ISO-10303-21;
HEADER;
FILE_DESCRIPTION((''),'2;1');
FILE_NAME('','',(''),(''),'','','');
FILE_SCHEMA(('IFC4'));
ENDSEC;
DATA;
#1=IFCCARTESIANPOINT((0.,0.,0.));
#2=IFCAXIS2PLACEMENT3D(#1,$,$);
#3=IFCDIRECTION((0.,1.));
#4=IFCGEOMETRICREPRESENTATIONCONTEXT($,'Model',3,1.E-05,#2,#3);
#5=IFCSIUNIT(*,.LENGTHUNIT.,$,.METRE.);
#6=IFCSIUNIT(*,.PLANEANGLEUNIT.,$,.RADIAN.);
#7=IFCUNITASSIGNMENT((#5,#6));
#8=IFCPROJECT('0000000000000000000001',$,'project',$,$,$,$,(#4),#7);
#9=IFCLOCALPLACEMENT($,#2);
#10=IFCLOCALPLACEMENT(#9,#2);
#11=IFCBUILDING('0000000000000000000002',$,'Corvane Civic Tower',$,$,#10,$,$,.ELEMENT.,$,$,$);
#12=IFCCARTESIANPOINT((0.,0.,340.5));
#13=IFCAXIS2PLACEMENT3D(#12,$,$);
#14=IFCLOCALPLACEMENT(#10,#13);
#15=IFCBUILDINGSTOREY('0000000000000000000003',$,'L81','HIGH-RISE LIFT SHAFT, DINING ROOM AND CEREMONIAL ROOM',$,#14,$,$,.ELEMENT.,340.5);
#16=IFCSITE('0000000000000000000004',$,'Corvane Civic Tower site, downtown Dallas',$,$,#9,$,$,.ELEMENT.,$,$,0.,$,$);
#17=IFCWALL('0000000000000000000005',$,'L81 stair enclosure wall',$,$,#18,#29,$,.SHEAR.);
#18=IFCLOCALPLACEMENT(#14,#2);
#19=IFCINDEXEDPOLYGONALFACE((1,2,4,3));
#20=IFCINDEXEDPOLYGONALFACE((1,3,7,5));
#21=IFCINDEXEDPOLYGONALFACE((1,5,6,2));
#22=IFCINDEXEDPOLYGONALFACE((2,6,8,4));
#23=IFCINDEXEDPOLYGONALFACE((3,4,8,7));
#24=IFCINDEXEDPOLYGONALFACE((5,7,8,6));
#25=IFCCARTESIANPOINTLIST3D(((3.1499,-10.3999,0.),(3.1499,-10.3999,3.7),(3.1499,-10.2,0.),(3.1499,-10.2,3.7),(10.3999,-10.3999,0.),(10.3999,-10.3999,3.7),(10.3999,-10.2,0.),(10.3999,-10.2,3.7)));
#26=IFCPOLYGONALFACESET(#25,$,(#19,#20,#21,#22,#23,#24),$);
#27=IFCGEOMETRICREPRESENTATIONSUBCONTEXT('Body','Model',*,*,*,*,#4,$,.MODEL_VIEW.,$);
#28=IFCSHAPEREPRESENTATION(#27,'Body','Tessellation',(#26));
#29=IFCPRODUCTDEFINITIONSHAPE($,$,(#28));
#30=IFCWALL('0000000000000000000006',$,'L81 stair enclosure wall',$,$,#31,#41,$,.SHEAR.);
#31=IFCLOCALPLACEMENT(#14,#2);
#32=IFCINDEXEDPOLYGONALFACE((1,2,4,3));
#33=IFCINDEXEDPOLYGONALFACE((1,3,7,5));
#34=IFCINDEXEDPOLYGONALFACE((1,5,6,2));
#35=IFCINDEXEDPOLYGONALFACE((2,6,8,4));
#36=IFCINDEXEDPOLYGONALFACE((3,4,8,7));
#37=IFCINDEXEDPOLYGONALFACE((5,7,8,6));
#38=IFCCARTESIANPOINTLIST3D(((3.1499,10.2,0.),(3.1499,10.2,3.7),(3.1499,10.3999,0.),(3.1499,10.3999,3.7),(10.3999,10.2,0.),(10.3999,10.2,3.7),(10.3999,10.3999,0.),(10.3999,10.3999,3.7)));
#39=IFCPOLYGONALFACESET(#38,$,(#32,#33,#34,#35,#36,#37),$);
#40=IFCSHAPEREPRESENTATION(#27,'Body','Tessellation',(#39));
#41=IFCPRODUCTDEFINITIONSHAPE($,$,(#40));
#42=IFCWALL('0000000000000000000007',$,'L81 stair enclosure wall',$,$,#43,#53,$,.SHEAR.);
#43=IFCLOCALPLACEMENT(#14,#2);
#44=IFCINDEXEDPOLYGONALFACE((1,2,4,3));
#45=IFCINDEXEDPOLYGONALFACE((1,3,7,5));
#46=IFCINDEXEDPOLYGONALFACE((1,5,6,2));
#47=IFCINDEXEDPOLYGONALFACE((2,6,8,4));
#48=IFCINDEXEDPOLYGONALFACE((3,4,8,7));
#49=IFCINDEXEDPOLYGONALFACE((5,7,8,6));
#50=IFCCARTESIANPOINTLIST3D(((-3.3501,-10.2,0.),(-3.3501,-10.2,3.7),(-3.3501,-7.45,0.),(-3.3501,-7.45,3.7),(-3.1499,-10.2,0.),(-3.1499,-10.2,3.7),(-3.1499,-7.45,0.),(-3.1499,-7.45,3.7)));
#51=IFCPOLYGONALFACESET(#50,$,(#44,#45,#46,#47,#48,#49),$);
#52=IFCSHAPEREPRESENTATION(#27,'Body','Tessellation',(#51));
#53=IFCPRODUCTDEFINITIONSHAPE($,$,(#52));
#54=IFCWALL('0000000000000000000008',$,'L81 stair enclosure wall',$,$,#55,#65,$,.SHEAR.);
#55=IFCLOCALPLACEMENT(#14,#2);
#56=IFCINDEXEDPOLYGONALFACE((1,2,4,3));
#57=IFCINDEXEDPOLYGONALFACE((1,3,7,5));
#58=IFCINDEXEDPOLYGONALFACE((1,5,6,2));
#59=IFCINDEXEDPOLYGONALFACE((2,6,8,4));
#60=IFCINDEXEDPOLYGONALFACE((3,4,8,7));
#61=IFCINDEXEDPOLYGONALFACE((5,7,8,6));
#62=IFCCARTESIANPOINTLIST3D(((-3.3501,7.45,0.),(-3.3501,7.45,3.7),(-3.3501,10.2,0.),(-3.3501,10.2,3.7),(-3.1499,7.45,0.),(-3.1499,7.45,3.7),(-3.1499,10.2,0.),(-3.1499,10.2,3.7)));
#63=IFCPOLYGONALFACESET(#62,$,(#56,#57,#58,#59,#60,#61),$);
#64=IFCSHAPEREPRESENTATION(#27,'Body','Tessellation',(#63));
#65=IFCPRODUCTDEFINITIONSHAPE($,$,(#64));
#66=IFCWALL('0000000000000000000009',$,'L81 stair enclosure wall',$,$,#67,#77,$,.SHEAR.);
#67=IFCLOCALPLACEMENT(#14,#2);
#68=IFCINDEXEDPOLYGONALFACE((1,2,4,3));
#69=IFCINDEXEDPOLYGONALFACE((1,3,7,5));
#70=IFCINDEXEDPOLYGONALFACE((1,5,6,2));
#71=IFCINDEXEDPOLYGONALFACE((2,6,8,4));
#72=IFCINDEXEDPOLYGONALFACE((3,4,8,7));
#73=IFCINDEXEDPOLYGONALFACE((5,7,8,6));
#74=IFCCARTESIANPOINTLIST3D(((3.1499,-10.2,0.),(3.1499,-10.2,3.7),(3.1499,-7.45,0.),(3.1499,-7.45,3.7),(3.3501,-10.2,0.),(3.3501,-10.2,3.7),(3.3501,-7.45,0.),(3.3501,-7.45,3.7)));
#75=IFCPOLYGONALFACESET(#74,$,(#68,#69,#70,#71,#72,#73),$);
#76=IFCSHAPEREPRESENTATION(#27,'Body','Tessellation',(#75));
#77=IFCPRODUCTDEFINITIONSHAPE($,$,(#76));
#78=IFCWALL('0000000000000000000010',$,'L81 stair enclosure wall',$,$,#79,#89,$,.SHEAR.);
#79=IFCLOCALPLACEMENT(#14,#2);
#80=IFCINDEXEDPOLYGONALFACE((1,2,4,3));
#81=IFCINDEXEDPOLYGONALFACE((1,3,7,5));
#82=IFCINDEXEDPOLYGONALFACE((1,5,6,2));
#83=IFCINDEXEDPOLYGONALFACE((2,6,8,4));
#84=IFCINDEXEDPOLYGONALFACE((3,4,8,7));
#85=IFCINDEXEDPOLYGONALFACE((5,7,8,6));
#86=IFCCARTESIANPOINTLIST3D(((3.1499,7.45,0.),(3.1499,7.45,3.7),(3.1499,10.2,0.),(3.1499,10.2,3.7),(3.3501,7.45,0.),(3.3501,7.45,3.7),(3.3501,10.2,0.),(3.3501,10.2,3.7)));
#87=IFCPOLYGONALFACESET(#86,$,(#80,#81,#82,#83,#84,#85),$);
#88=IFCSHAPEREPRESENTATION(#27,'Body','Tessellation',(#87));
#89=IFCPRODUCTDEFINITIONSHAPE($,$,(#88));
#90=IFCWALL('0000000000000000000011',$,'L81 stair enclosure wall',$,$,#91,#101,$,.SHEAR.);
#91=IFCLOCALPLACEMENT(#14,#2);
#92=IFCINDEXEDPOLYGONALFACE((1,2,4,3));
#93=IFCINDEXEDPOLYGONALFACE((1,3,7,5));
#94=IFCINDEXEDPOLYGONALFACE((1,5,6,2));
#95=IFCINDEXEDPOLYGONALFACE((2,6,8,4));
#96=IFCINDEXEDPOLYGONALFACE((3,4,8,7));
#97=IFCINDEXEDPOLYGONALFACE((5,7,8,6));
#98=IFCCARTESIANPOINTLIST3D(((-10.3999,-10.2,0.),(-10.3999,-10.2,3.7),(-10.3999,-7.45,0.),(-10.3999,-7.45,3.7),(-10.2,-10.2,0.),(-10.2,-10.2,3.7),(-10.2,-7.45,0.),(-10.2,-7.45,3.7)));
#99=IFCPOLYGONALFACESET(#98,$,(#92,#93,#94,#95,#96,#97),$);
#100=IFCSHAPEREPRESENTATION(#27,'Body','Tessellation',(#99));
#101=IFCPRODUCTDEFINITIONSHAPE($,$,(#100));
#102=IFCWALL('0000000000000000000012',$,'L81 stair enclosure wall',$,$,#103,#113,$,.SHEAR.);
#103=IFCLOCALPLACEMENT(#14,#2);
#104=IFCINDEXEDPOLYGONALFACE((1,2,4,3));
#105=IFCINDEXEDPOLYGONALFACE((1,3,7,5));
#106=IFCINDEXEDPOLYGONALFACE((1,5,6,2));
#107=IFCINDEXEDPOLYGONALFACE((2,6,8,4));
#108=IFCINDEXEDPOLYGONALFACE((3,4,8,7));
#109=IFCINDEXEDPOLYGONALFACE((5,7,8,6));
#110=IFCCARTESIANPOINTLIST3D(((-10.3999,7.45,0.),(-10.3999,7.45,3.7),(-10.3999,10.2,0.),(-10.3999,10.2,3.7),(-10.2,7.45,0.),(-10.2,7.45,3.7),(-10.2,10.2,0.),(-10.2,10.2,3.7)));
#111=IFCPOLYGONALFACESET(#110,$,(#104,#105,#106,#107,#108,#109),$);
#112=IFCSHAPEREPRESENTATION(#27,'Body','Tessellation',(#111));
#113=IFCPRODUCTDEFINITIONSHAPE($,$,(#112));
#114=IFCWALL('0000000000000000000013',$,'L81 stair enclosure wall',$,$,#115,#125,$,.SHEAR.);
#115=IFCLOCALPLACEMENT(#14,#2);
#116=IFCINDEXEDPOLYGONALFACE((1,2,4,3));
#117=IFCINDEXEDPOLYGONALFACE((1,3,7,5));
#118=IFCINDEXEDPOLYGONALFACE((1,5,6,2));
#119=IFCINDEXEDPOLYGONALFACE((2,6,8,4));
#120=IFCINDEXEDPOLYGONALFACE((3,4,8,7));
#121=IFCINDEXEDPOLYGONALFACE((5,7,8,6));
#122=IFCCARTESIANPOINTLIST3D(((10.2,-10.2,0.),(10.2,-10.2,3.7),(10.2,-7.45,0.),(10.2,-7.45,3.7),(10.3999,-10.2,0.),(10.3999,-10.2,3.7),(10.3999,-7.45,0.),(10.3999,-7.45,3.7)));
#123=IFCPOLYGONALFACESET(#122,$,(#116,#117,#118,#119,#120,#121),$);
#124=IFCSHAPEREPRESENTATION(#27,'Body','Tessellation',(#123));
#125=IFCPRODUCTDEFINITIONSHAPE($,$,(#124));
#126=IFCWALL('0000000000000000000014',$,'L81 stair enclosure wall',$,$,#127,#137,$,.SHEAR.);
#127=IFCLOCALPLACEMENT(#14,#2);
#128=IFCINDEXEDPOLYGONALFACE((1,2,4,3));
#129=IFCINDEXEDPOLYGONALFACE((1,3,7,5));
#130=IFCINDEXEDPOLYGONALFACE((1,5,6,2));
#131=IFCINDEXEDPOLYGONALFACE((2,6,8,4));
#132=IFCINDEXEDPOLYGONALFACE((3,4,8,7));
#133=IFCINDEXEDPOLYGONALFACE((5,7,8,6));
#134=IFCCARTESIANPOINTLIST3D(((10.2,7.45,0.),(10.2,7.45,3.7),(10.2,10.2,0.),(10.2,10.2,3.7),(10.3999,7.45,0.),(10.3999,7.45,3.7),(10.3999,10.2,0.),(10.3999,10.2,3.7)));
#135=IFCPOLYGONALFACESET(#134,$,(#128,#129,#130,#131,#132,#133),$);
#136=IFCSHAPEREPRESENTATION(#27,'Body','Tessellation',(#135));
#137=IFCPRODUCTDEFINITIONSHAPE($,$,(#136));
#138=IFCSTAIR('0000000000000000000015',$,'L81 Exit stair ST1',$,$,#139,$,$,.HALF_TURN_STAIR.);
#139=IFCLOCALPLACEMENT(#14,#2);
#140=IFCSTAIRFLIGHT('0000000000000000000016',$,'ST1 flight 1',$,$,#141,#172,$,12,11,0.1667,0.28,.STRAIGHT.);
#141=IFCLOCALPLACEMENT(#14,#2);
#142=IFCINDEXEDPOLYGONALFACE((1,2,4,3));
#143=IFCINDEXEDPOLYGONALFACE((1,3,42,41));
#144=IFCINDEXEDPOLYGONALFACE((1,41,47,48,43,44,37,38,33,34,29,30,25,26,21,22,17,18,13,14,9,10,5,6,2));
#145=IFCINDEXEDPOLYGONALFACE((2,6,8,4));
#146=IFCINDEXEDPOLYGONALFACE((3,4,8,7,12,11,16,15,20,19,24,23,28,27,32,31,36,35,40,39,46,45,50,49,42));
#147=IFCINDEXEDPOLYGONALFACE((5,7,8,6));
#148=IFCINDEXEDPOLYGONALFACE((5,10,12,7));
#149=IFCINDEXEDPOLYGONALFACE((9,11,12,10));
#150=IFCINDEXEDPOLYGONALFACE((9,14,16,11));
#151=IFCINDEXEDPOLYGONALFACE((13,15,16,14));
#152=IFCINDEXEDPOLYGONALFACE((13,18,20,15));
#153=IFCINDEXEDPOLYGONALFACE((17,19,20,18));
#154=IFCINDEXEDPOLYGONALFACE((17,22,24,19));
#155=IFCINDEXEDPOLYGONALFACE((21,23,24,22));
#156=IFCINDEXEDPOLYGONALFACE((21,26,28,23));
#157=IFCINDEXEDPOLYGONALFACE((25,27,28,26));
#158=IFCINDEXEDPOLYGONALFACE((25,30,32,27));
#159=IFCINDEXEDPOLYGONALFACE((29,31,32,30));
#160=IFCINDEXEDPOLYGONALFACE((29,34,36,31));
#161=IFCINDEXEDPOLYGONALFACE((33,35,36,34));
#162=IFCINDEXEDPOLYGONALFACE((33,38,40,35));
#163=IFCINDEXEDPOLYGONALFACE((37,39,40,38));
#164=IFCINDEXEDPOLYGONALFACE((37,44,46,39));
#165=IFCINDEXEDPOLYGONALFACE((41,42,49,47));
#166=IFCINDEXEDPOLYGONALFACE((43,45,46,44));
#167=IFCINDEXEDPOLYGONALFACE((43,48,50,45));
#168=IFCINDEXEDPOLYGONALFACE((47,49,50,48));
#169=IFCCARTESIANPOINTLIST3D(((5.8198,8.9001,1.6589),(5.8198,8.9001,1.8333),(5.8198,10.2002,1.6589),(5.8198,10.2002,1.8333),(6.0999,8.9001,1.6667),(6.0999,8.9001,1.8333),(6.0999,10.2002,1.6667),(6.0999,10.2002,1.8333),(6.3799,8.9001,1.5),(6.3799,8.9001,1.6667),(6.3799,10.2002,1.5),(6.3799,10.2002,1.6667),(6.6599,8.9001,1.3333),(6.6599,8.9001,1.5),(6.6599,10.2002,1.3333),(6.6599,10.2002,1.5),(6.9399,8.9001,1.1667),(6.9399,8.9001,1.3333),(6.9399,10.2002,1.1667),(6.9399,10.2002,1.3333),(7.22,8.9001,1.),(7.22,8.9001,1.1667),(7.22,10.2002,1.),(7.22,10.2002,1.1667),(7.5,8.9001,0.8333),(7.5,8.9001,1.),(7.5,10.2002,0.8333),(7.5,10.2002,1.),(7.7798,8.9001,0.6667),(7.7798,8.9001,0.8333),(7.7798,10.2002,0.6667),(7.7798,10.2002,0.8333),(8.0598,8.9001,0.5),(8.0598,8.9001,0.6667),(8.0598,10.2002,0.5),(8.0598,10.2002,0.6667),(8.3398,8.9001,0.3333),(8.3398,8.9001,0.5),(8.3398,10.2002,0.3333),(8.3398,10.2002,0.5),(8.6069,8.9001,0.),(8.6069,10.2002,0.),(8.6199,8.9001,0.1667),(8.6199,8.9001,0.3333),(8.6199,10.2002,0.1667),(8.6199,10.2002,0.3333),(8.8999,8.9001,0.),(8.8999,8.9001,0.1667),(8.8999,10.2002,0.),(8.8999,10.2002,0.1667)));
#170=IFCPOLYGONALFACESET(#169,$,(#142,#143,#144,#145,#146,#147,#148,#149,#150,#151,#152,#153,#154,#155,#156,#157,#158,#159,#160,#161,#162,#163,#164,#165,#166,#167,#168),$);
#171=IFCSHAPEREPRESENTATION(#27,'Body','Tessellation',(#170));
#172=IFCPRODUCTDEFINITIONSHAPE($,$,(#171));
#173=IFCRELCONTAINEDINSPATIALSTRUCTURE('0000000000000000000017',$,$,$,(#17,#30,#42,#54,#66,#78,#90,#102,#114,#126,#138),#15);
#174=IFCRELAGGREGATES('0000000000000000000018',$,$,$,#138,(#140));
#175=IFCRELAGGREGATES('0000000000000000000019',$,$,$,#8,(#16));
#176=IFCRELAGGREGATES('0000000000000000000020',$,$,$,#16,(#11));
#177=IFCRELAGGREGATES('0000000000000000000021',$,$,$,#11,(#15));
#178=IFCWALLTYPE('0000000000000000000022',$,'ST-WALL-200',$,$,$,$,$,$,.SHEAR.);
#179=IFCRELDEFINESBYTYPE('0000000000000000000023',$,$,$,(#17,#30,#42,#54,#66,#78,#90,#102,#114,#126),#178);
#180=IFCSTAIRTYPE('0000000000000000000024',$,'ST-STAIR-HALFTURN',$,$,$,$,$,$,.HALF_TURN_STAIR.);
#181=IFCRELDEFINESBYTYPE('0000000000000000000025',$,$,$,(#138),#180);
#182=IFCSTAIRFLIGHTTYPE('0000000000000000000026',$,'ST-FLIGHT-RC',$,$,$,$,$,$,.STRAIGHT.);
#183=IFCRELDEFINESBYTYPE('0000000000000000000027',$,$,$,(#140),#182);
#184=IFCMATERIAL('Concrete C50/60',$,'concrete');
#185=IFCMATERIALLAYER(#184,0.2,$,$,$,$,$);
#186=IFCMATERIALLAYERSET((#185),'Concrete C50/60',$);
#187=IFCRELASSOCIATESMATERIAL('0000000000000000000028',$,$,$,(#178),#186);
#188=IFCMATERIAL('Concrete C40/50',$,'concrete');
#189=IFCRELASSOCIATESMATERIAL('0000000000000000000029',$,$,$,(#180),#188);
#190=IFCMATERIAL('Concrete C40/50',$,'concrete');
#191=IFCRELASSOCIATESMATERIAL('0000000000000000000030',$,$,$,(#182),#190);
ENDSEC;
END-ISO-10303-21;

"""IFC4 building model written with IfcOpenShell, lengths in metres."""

from ifc_helpers import new_model, si_unit, direction, frame, origin, place, context, subcontext, project, spatial, polyline, outline, extrude, material, layer, layer_set, type_object, element, aggregate, save


model = new_model("IFC4")

# Units and contexts
model_context = context("Model", 3, precision=1e-05, world=origin(), true_north=direction((0.0, 1.0)))
body_context = subcontext(model_context, "Body", "Model", "MODEL_VIEW")
ifc_project = project(units=[si_unit("LENGTHUNIT", "METRE"), si_unit("PLANEANGLEUNIT", "RADIAN")], contexts=[model_context])

# Site, building, storey
site_placement = place(None, origin())
site = spatial("IfcSite", under=ifc_project, at=site_placement, Name="Corvane Civic Tower site, downtown Dallas", CompositionType="ELEMENT", RefElevation=0.0)
building_placement = place(site_placement, origin())
building = spatial("IfcBuilding", under=site, at=building_placement, Name="Corvane Civic Tower", CompositionType="ELEMENT")
storey_placement = place(building_placement, frame((0.0, 0.0, 340.5)))
storey = spatial("IfcBuildingStorey", under=building, at=storey_placement, Name="L81", Description="HIGH-RISE LIFT SHAFT, DINING ROOM AND CEREMONIAL ROOM", CompositionType="ELEMENT", Elevation=340.5)

# Shared definitions
ifc_material_1 = material(Name="Concrete C50/60", Category="concrete")
ifc_layer_1 = layer(ifc_material_1, 0.2)
ifc_layer_set_1 = layer_set([ifc_layer_1], Name="Concrete C50/60")
wall_type_1 = type_object("IfcWallType", Name="ST-WALL-200", PredefinedType="SHEAR", material=ifc_layer_set_1)

# Walls
wall_1_placement = place(storey_placement, origin())
element("IfcWall", 1, at=wall_1_placement, inside=storey, type_object=wall_type_1, Name="L81 stair enclosure wall", PredefinedType="SHEAR", context=body_context, shape_type="SweptSolid", body=[
    extrude(outline(polyline([(10.3999, -10.3999), (3.1499, -10.3999), (3.1499, -10.2), (10.3999, -10.2), (10.3999, -10.3999)])), origin(), (0.0, 0.0, 1.0), 3.7),
])
wall_2_placement = place(storey_placement, origin())
element("IfcWall", 2, at=wall_2_placement, inside=storey, type_object=wall_type_1, Name="L81 stair enclosure wall", PredefinedType="SHEAR", context=body_context, shape_type="SweptSolid", body=[
    extrude(outline(polyline([(10.3999, 10.2), (3.1499, 10.2), (3.1499, 10.3999), (10.3999, 10.3999), (10.3999, 10.2)])), origin(), (0.0, 0.0, 1.0), 3.7),
])
wall_3_placement = place(storey_placement, origin())
element("IfcWall", 3, at=wall_3_placement, inside=storey, type_object=wall_type_1, Name="L81 stair enclosure wall", PredefinedType="SHEAR", context=body_context, shape_type="SweptSolid", body=[
    extrude(outline(polyline([(-3.1499, -7.45), (-3.1499, -10.2), (-3.3501, -10.2), (-3.3501, -7.45), (-3.1499, -7.45)])), origin(), (0.0, 0.0, 1.0), 3.7),
])
wall_4_placement = place(storey_placement, origin())
element("IfcWall", 4, at=wall_4_placement, inside=storey, type_object=wall_type_1, Name="L81 stair enclosure wall", PredefinedType="SHEAR", context=body_context, shape_type="SweptSolid", body=[
    extrude(outline(polyline([(-3.1499, 7.45), (-3.3501, 7.45), (-3.3501, 10.2), (-3.1499, 10.2), (-3.1499, 7.45)])), origin(), (0.0, 0.0, 1.0), 3.7),
])
wall_5_placement = place(storey_placement, origin())
element("IfcWall", 5, at=wall_5_placement, inside=storey, type_object=wall_type_1, Name="L81 stair enclosure wall", PredefinedType="SHEAR", context=body_context, shape_type="SweptSolid", body=[
    extrude(outline(polyline([(3.3501, -7.45), (3.3501, -10.2), (3.1499, -10.2), (3.1499, -7.45), (3.3501, -7.45)])), origin(), (0.0, 0.0, 1.0), 3.7),
])
wall_6_placement = place(storey_placement, origin())
element("IfcWall", 6, at=wall_6_placement, inside=storey, type_object=wall_type_1, Name="L81 stair enclosure wall", PredefinedType="SHEAR", context=body_context, shape_type="SweptSolid", body=[
    extrude(outline(polyline([(3.3501, 7.45), (3.1499, 7.45), (3.1499, 10.2), (3.3501, 10.2), (3.3501, 7.45)])), origin(), (0.0, 0.0, 1.0), 3.7),
])
wall_7_placement = place(storey_placement, origin())
element("IfcWall", 7, at=wall_7_placement, inside=storey, type_object=wall_type_1, Name="L81 stair enclosure wall", PredefinedType="SHEAR", context=body_context, shape_type="SweptSolid", body=[
    extrude(outline(polyline([(-10.2, -7.45), (-10.2, -10.2), (-10.3999, -10.2), (-10.3999, -7.45), (-10.2, -7.45)])), origin(), (0.0, 0.0, 1.0), 3.7),
])
wall_8_placement = place(storey_placement, origin())
element("IfcWall", 8, at=wall_8_placement, inside=storey, type_object=wall_type_1, Name="L81 stair enclosure wall", PredefinedType="SHEAR", context=body_context, shape_type="SweptSolid", body=[
    extrude(outline(polyline([(-10.2, 7.45), (-10.3999, 7.45), (-10.3999, 10.2), (-10.2, 10.2), (-10.2, 7.45)])), origin(), (0.0, 0.0, 1.0), 3.7),
])
wall_9_placement = place(storey_placement, origin())
element("IfcWall", 9, at=wall_9_placement, inside=storey, type_object=wall_type_1, Name="L81 stair enclosure wall", PredefinedType="SHEAR", context=body_context, shape_type="SweptSolid", body=[
    extrude(outline(polyline([(10.3999, -7.45), (10.3999, -10.2), (10.2, -10.2), (10.2, -7.45), (10.3999, -7.45)])), origin(), (0.0, 0.0, 1.0), 3.7),
])
wall_10_placement = place(storey_placement, origin())
element("IfcWall", 10, at=wall_10_placement, inside=storey, type_object=wall_type_1, Name="L81 stair enclosure wall", PredefinedType="SHEAR", context=body_context, shape_type="SweptSolid", body=[
    extrude(outline(polyline([(10.3999, 7.45), (10.2, 7.45), (10.2, 10.2), (10.3999, 10.2), (10.3999, 7.45)])), origin(), (0.0, 0.0, 1.0), 3.7),
])

# Stair, stair flight
ifc_material_2 = material(Name="Concrete C40/50", Category="concrete")
stair_type = type_object("IfcStairType", Name="ST-STAIR-HALFTURN", PredefinedType="HALF_TURN_STAIR", material=ifc_material_2)
stair_placement = place(storey_placement, origin())
stair = element("IfcStair", 11, at=stair_placement, inside=storey, type_object=stair_type, Name="L81 Exit stair ST1", PredefinedType="HALF_TURN_STAIR")
ifc_material_3 = material(Name="Concrete C40/50", Category="concrete")
stair_flight_type = type_object("IfcStairFlightType", Name="ST-FLIGHT-RC", PredefinedType="STRAIGHT", material=ifc_material_3)
stair_flight_1_placement = place(storey_placement, frame((8.8999, 9.55, 0.0), z_axis=(0.0, 0.0, 1.0), x_axis=(-1.0, 0.0, 0.0)))
stair_flight_1 = element("IfcStairFlight", 12, at=stair_flight_1_placement, type_object=stair_flight_type, Name="ST1 flight 1", NumberOfRisers=12, NumberOfTreads=11, PredefinedType="STRAIGHT", RiserHeight=0.1667, TreadLength=0.28, context=body_context, shape_type="SweptSolid", body=[
    extrude(outline(polyline([(0.0, 0.0), (0.0, 0.1667), (0.28, 0.1667), (0.28, 0.3333), (0.5601, 0.3333), (0.5601, 0.5), (0.8401, 0.5), (0.8401, 0.6667), (1.1201, 0.6667), (1.1201, 0.8333), (1.3999, 0.8333), (1.3999, 1.0), (1.6799, 1.0), (1.6799, 1.1667), (1.96, 1.1667), (1.96, 1.3333), (2.24, 1.3333), (2.24, 1.5), (2.52, 1.5), (2.52, 1.6667), (2.8, 1.6667), (2.8, 1.8333), (3.0801, 1.8333), (3.0801, 2.0), (3.0801, 1.6589), (0.293, 0.0), (0.0, 0.0)])), frame((0.0, 0.6499, 0.0), z_axis=(0.0, -1.0, 0.0), x_axis=(1.0, 0.0, 0.0)), (0.0, 0.0, 1.0), 1.3),
])
aggregate(stair, [stair_flight_1])

save(model, "model.ifc")
